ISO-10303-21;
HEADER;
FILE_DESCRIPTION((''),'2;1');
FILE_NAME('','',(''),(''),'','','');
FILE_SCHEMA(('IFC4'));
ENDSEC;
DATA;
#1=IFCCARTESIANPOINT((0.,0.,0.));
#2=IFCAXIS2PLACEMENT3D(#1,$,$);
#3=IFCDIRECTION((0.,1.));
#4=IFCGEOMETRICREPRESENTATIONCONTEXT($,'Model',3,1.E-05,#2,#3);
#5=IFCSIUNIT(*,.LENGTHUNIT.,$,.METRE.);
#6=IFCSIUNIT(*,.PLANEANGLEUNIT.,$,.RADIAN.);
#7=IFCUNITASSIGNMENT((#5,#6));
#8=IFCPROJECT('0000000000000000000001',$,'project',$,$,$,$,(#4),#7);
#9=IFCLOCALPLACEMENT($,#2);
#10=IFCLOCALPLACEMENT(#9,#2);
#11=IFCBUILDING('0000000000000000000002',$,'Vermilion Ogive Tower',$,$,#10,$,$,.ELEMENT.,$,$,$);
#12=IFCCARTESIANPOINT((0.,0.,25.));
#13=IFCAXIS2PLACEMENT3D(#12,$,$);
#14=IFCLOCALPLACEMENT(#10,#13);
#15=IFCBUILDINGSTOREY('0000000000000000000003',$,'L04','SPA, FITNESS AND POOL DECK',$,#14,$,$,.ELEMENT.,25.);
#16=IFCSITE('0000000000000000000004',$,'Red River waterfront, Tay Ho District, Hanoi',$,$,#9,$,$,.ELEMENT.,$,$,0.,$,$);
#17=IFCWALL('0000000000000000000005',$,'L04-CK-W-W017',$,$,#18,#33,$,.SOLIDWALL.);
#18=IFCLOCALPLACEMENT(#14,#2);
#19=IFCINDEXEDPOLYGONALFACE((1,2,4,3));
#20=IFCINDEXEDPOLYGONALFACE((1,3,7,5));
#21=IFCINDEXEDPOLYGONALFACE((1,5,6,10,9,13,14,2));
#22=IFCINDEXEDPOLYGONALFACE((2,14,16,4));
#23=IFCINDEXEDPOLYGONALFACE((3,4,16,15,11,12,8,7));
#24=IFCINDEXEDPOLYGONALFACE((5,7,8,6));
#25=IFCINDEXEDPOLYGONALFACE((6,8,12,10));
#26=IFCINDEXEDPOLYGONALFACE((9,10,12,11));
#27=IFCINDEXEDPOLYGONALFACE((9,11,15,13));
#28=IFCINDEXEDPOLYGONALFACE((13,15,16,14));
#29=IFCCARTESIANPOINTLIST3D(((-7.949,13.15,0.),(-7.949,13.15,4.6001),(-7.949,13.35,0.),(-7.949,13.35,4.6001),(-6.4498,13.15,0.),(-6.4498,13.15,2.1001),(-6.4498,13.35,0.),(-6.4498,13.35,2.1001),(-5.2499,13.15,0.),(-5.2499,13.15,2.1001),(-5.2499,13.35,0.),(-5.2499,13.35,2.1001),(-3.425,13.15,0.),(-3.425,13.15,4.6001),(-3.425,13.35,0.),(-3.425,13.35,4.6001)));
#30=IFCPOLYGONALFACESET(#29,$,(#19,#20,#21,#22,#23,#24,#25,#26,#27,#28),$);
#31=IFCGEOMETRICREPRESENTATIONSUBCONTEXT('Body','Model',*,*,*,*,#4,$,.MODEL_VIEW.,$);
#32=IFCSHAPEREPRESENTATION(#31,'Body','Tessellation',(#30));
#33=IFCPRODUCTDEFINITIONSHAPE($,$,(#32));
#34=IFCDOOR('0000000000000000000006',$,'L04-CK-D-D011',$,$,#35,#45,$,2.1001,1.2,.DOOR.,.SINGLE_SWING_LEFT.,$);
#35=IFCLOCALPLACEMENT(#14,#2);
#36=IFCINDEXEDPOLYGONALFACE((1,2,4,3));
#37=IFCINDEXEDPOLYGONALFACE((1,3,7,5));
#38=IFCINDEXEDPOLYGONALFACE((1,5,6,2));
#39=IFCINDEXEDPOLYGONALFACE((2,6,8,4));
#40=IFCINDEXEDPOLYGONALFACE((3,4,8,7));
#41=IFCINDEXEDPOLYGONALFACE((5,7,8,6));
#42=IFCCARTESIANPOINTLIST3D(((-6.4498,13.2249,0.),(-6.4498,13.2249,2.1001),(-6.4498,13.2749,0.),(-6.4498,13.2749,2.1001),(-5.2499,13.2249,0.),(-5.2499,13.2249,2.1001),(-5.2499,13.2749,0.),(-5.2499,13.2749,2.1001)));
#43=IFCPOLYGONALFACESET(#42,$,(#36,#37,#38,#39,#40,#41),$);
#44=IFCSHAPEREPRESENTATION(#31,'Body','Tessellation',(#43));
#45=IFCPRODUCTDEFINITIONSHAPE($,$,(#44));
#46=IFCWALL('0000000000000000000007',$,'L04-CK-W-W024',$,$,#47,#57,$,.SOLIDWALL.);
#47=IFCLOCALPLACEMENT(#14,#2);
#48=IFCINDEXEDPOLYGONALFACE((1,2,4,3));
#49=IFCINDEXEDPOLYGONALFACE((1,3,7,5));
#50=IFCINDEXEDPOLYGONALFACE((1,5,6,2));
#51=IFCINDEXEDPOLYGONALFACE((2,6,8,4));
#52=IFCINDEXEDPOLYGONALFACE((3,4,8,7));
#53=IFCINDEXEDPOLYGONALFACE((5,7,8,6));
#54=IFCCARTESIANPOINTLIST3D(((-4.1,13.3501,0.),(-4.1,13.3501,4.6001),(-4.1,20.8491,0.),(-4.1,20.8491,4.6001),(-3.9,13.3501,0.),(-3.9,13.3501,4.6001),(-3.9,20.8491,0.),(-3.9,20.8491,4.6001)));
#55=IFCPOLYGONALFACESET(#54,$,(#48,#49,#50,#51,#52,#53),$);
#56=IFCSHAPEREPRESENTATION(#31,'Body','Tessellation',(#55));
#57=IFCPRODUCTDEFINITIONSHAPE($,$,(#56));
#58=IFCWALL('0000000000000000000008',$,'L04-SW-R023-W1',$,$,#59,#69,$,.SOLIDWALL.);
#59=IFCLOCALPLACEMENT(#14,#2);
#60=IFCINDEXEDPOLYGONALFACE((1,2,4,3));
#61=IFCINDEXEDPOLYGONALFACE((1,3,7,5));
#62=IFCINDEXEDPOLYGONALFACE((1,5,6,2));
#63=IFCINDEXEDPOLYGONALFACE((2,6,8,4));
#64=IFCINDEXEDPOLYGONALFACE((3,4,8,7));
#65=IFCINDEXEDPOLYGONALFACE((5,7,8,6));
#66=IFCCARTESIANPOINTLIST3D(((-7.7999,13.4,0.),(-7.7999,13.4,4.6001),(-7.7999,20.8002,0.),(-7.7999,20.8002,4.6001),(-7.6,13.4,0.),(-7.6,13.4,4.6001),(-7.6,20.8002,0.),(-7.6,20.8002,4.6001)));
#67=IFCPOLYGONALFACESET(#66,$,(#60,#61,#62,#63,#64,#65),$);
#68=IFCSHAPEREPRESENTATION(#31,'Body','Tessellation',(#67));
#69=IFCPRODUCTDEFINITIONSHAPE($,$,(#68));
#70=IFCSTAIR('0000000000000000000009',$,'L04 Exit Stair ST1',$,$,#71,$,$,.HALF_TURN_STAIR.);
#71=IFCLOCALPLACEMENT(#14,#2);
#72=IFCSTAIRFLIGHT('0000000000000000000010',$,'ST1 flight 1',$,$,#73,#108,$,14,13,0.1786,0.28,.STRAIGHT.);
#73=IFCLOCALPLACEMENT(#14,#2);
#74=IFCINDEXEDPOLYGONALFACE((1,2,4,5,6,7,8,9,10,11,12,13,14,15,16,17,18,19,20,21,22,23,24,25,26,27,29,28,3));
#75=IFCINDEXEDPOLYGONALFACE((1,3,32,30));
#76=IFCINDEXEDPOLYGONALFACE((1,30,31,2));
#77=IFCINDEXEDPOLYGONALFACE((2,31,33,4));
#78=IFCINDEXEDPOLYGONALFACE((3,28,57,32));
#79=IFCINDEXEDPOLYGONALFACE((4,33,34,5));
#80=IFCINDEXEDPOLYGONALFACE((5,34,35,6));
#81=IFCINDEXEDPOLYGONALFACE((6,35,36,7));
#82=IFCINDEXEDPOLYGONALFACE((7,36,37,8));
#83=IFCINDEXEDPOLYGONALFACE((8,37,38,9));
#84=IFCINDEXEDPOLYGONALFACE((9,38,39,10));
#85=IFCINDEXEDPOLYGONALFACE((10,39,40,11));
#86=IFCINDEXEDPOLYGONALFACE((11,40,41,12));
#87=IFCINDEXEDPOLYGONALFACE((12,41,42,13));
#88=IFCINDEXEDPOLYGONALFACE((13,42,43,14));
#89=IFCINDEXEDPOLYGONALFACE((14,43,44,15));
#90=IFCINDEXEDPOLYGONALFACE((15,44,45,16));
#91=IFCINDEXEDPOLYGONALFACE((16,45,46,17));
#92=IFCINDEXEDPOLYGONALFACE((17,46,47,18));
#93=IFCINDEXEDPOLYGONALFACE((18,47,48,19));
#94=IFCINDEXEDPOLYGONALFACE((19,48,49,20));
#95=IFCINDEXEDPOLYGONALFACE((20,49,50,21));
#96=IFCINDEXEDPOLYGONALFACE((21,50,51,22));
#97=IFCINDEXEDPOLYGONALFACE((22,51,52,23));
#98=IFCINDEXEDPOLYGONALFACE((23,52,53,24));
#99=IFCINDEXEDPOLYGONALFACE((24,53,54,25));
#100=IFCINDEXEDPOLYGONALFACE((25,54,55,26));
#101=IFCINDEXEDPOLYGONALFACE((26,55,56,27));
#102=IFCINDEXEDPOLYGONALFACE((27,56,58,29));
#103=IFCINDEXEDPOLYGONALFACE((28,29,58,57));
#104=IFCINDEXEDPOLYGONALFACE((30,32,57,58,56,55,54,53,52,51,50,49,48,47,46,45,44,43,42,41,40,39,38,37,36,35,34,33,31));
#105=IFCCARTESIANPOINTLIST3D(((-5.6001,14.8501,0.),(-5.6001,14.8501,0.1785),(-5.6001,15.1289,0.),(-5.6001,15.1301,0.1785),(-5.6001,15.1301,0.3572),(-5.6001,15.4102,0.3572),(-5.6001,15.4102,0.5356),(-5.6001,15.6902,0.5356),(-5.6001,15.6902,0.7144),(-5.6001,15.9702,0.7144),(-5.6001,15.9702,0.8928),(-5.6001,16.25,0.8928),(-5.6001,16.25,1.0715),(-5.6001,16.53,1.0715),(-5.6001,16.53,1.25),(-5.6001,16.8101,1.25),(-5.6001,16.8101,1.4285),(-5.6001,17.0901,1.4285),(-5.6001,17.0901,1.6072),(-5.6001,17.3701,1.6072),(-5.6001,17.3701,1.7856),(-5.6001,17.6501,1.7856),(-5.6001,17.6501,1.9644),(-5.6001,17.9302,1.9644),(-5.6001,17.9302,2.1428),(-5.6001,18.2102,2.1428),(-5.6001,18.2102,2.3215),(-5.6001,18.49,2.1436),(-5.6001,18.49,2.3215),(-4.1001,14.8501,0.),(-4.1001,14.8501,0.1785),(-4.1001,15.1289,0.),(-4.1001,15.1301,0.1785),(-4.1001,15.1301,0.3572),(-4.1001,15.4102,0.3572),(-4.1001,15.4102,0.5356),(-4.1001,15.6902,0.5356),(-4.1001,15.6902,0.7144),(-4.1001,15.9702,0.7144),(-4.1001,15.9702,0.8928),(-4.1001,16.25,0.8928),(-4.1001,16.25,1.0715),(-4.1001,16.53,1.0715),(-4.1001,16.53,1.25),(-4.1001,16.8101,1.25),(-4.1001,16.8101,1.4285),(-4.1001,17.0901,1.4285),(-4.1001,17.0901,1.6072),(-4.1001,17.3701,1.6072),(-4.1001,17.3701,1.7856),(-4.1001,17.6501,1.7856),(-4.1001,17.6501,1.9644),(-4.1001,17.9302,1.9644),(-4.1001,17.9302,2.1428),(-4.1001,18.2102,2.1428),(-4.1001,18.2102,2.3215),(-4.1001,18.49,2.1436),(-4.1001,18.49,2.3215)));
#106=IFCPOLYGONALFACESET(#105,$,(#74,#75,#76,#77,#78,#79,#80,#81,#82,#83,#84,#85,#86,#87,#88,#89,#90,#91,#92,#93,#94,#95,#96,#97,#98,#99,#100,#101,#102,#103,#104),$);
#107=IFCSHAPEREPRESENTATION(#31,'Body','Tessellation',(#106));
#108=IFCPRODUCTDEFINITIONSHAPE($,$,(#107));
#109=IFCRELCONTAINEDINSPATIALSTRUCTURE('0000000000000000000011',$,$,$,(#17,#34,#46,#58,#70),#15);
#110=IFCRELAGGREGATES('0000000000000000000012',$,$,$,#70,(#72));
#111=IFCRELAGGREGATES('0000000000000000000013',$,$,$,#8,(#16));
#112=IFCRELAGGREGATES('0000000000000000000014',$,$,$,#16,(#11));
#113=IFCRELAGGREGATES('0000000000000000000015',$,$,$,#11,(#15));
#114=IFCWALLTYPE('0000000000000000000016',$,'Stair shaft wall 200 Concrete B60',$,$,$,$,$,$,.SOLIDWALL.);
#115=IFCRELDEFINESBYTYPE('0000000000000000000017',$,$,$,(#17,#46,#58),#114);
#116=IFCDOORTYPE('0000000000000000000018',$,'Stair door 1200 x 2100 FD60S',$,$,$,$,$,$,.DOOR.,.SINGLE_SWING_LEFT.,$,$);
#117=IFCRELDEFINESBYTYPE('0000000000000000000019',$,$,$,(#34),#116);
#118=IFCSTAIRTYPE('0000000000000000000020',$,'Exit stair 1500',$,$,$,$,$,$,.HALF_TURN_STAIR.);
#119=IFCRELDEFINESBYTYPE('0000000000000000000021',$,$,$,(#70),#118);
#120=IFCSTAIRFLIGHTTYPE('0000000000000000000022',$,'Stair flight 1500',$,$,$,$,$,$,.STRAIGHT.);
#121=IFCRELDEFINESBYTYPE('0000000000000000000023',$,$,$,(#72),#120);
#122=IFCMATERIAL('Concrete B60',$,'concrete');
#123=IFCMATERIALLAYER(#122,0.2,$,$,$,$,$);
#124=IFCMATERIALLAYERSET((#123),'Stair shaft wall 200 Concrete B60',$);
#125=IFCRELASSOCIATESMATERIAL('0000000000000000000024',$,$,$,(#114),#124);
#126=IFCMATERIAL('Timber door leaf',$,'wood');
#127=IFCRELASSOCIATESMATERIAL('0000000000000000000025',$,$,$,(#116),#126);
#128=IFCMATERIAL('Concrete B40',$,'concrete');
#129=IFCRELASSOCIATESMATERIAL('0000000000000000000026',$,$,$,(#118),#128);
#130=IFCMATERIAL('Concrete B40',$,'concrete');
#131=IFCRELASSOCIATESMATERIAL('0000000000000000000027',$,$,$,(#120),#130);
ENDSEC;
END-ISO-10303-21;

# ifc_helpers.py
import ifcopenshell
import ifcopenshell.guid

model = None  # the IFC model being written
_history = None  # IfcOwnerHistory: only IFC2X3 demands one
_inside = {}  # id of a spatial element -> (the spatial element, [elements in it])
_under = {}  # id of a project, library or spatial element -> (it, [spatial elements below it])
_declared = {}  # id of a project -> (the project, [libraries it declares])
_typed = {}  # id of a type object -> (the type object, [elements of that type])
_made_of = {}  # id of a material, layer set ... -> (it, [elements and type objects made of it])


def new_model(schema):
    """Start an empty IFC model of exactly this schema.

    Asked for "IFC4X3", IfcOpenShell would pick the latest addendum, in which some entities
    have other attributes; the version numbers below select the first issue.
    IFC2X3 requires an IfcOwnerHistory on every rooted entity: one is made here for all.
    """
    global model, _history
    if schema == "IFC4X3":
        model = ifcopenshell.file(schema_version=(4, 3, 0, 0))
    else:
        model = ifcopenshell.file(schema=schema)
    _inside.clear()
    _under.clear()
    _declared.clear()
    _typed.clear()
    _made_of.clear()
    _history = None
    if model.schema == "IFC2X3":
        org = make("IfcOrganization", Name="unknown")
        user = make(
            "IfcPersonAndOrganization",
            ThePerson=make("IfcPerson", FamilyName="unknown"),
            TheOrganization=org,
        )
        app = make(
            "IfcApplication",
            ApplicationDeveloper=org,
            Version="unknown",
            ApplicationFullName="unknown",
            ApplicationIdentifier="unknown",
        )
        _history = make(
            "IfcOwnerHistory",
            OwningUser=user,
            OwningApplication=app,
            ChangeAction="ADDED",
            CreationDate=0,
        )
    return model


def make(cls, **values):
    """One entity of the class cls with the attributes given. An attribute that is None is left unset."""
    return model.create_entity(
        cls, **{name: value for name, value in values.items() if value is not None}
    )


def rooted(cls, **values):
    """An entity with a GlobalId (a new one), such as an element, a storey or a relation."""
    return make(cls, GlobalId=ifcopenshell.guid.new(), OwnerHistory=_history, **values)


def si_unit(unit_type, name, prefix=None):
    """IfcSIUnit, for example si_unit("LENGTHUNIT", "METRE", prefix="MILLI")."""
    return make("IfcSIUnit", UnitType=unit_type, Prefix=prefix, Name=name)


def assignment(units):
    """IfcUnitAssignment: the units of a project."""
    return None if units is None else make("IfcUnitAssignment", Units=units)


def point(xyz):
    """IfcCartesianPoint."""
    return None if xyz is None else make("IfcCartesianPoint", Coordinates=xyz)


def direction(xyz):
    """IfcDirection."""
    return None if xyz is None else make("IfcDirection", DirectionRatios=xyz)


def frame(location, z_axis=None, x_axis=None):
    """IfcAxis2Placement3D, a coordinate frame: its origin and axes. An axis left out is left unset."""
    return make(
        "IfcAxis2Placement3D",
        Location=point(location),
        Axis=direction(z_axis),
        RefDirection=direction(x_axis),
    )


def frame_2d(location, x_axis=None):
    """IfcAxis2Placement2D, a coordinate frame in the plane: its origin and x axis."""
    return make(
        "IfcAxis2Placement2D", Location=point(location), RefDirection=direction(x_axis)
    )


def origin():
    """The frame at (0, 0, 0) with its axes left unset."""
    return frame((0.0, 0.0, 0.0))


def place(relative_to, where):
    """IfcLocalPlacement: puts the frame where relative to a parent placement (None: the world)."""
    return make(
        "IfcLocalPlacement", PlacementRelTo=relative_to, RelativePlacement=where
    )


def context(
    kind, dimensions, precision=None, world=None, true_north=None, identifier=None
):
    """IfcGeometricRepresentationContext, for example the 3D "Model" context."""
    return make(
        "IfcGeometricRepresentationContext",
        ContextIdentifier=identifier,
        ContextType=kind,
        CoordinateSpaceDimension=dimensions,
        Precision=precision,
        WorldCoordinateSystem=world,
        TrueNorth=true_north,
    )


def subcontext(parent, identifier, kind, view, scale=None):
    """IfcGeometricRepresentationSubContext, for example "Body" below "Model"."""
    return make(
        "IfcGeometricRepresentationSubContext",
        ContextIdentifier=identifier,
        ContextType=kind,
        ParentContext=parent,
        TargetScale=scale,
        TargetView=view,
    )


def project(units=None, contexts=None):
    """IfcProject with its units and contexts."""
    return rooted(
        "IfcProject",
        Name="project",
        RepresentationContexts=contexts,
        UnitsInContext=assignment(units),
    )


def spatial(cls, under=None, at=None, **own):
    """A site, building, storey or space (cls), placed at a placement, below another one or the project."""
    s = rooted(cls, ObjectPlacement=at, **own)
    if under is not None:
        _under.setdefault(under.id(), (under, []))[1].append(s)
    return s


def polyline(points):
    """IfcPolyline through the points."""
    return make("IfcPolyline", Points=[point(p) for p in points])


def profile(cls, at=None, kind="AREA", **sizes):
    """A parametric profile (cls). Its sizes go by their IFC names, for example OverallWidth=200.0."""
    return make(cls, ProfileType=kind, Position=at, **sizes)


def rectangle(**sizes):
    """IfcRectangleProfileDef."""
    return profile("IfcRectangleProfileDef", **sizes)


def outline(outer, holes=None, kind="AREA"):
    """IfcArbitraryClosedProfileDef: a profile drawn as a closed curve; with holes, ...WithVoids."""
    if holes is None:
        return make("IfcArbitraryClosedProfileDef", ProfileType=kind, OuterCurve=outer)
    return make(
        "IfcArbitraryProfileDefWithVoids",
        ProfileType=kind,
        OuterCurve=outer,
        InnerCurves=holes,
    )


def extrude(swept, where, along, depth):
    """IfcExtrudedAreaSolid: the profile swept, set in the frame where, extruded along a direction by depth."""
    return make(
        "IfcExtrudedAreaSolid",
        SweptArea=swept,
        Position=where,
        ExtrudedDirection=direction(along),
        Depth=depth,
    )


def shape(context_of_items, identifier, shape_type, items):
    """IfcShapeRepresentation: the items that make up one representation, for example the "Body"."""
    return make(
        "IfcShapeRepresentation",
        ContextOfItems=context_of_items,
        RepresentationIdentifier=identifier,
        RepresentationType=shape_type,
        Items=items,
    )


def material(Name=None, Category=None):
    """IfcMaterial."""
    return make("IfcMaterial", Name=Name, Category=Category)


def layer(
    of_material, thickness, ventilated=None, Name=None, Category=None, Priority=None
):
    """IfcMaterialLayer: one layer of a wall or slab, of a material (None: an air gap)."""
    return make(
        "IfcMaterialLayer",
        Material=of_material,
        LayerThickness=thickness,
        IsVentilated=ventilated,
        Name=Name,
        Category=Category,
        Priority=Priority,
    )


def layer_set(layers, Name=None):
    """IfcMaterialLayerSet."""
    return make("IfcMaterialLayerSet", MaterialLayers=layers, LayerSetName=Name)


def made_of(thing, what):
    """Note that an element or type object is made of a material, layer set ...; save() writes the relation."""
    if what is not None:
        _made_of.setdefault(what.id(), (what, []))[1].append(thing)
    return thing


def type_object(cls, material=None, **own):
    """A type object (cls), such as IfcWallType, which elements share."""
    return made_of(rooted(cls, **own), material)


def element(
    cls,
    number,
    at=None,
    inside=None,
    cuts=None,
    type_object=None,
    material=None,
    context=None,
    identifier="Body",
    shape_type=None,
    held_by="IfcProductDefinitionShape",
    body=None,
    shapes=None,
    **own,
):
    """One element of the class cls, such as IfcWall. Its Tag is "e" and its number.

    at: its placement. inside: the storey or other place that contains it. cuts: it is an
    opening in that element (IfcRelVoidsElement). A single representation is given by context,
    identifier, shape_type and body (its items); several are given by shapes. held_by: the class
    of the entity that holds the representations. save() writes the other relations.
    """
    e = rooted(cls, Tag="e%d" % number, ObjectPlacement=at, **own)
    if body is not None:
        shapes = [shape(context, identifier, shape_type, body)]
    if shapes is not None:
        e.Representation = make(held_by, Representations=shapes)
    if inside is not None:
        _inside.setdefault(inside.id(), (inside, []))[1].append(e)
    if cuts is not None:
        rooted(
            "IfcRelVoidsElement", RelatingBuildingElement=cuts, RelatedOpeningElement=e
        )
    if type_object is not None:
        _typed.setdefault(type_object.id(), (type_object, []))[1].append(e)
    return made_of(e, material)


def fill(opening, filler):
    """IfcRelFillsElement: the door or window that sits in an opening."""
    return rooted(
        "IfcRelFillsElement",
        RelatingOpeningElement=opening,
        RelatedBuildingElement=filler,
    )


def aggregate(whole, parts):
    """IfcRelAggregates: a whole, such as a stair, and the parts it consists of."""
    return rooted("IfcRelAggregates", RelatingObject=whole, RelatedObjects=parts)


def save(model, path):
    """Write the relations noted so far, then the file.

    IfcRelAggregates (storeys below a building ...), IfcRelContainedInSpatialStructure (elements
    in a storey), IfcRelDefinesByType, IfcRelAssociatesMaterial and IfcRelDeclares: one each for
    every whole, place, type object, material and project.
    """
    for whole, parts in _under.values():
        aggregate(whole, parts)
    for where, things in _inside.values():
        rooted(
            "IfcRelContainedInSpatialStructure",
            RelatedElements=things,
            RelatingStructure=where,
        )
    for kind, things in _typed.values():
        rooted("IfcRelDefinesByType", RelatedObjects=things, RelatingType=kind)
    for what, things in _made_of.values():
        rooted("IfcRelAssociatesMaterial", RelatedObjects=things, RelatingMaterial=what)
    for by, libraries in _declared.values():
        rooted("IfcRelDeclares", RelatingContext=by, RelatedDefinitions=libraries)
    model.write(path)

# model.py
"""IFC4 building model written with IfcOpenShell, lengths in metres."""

from ifc_helpers import new_model, si_unit, direction, frame, frame_2d, origin, place, context, subcontext, project, spatial, polyline, rectangle, outline, extrude, material, layer, layer_set, type_object, element, fill, aggregate, save


model = new_model("IFC4")

# Units and contexts
model_context = context("Model", 3, precision=1e-05, world=origin(), true_north=direction((0.0, 1.0)))
body_context = subcontext(model_context, "Body", "Model", "MODEL_VIEW")
ifc_project = project(units=[si_unit("LENGTHUNIT", "METRE"), si_unit("PLANEANGLEUNIT", "RADIAN")], contexts=[model_context])

# Site, building, storey
site_placement = place(None, origin())
site = spatial("IfcSite", under=ifc_project, at=site_placement, Name="Red River waterfront, Tay Ho District, Hanoi", CompositionType="ELEMENT", RefElevation=0.0)
building_placement = place(site_placement, origin())
building = spatial("IfcBuilding", under=site, at=building_placement, Name="Vermilion Ogive Tower", CompositionType="ELEMENT")
storey_placement = place(building_placement, frame((0.0, 0.0, 25.0)))
storey = spatial("IfcBuildingStorey", under=building, at=storey_placement, Name="L04", Description="SPA, FITNESS AND POOL DECK", CompositionType="ELEMENT", Elevation=25.0)

# Wall, opening, door
ifc_material_1 = material(Name="Concrete B60", Category="concrete")
ifc_layer_1 = layer(ifc_material_1, 0.2)
ifc_layer_set_1 = layer_set([ifc_layer_1], Name="Stair shaft wall 200 Concrete B60")
wall_type_1 = type_object("IfcWallType", Name="Stair shaft wall 200 Concrete B60", PredefinedType="SOLIDWALL", material=ifc_layer_set_1)
wall_1_placement = place(storey_placement, frame((-7.949, 13.25, 0.0), z_axis=(0.0, 0.0, 1.0), x_axis=(1.0, 0.0, 0.0)))
wall_1 = element("IfcWall", 1, at=wall_1_placement, inside=storey, type_object=wall_type_1, Name="L04-CK-W-W017", PredefinedType="SOLIDWALL", context=body_context, shape_type="SweptSolid", body=[
    extrude(rectangle(XDim=4.5239, YDim=0.2, at=frame_2d((2.262, 0.0))), origin(), (0.0, 0.0, 1.0), 4.6001),
])
opening_1_placement = place(wall_1_placement, frame((1.499, 0.0, 0.0)))
opening_1 = element("IfcOpeningElement", 2, at=opening_1_placement, cuts=wall_1, PredefinedType="OPENING", context=body_context, shape_type="SweptSolid", body=[
    extrude(rectangle(XDim=1.2, YDim=2.1001, at=frame_2d((0.6001, 1.05))), frame((0.0, 0.1099, 0.0), z_axis=(0.0, -1.0, 0.0), x_axis=(1.0, 0.0, 0.0)), (0.0, 0.0, 1.0), 0.22),
])
ifc_material_2 = material(Name="Timber door leaf", Category="wood")
door_type_1 = type_object("IfcDoorType", Name="Stair door 1200 x 2100 FD60S", OperationType="SINGLE_SWING_LEFT", PredefinedType="DOOR", material=ifc_material_2)
door_1_placement = place(opening_1_placement, origin())
door_1 = element("IfcDoor", 3, at=door_1_placement, inside=storey, type_object=door_type_1, Name="L04-CK-D-D011", OperationType="SINGLE_SWING_LEFT", OverallHeight=2.1001, OverallWidth=1.2, PredefinedType="DOOR", context=body_context, shape_type="SweptSolid", body=[
    extrude(rectangle(XDim=1.2, YDim=2.1001, at=frame_2d((0.6001, 1.05))), frame((0.0, 0.0249, 0.0), z_axis=(0.0, -1.0, 0.0), x_axis=(1.0, 0.0, 0.0)), (0.0, 0.0, 1.0), 0.05),
])
fill(opening_1, door_1)

# Walls
wall_2_placement = place(storey_placement, frame((-4.0, 13.3501, 0.0), z_axis=(0.0, 0.0, 1.0), x_axis=(0.0, 1.0, 0.0)))
element("IfcWall", 4, at=wall_2_placement, inside=storey, type_object=wall_type_1, Name="L04-CK-W-W024", PredefinedType="SOLIDWALL", context=body_context, shape_type="SweptSolid", body=[
    extrude(rectangle(XDim=7.499, YDim=0.2, at=frame_2d((3.7495, 0.0))), origin(), (0.0, 0.0, 1.0), 4.6001),
])
wall_3_placement = place(storey_placement, frame((-7.7, 13.3999, 0.0), z_axis=(0.0, 0.0, 1.0), x_axis=(0.0, 1.0, 0.0)))
element("IfcWall", 5, at=wall_3_placement, inside=storey, type_object=wall_type_1, Name="L04-SW-R023-W1", PredefinedType="SOLIDWALL", context=body_context, shape_type="SweptSolid", body=[
    extrude(rectangle(XDim=7.4001, YDim=0.2, at=frame_2d((3.7002, 0.0))), origin(), (0.0, 0.0, 1.0), 4.6001),
])

# Stair, stair flight
ifc_material_3 = material(Name="Concrete B40", Category="concrete")
stair_type = type_object("IfcStairType", Name="Exit stair 1500", PredefinedType="HALF_TURN_STAIR", material=ifc_material_3)
stair_placement = place(storey_placement, origin())
stair = element("IfcStair", 6, at=stair_placement, inside=storey, type_object=stair_type, Name="L04 Exit Stair ST1", PredefinedType="HALF_TURN_STAIR")
ifc_material_4 = material(Name="Concrete B40", Category="concrete")
stair_flight_type = type_object("IfcStairFlightType", Name="Stair flight 1500", PredefinedType="STRAIGHT", material=ifc_material_4)
stair_flight_placement = place(storey_placement, frame((-4.8501, 14.8501, 0.0), z_axis=(0.0, 0.0, 1.0), x_axis=(0.0, 1.0, 0.0)))
stair_flight = element("IfcStairFlight", 7, at=stair_flight_placement, type_object=stair_flight_type, Name="ST1 flight 1", NumberOfRisers=14, NumberOfTreads=13, PredefinedType="STRAIGHT", RiserHeight=0.1786, TreadLength=0.28, context=body_context, shape_type="SweptSolid", body=[
    extrude(outline(polyline([(0.0, 0.0), (0.0, 0.1785), (0.28, 0.1785), (0.28, 0.3572), (0.5601, 0.3572), (0.5601, 0.5356), (0.8401, 0.5356), (0.8401, 0.7144), (1.1201, 0.7144), (1.1201, 0.8928), (1.3999, 0.8928), (1.3999, 1.0715), (1.6799, 1.0715), (1.6799, 1.25), (1.96, 1.25), (1.96, 1.4285), (2.24, 1.4285), (2.24, 1.6072), (2.52, 1.6072), (2.52, 1.7856), (2.8, 1.7856), (2.8, 1.9644), (3.0801, 1.9644), (3.0801, 2.1428), (3.3601, 2.1428), (3.3601, 2.3215), (3.6399, 2.3215), (3.6399, 2.5), (3.6399, 2.1436), (0.2788, 0.0), (0.0, 0.0)])), frame((0.0, 0.75, 0.0), z_axis=(0.0, -1.0, 0.0), x_axis=(1.0, 0.0, 0.0)), (0.0, 0.0, 1.0), 1.5),
])
aggregate(stair, [stair_flight])

save(model, "model.ifc")
